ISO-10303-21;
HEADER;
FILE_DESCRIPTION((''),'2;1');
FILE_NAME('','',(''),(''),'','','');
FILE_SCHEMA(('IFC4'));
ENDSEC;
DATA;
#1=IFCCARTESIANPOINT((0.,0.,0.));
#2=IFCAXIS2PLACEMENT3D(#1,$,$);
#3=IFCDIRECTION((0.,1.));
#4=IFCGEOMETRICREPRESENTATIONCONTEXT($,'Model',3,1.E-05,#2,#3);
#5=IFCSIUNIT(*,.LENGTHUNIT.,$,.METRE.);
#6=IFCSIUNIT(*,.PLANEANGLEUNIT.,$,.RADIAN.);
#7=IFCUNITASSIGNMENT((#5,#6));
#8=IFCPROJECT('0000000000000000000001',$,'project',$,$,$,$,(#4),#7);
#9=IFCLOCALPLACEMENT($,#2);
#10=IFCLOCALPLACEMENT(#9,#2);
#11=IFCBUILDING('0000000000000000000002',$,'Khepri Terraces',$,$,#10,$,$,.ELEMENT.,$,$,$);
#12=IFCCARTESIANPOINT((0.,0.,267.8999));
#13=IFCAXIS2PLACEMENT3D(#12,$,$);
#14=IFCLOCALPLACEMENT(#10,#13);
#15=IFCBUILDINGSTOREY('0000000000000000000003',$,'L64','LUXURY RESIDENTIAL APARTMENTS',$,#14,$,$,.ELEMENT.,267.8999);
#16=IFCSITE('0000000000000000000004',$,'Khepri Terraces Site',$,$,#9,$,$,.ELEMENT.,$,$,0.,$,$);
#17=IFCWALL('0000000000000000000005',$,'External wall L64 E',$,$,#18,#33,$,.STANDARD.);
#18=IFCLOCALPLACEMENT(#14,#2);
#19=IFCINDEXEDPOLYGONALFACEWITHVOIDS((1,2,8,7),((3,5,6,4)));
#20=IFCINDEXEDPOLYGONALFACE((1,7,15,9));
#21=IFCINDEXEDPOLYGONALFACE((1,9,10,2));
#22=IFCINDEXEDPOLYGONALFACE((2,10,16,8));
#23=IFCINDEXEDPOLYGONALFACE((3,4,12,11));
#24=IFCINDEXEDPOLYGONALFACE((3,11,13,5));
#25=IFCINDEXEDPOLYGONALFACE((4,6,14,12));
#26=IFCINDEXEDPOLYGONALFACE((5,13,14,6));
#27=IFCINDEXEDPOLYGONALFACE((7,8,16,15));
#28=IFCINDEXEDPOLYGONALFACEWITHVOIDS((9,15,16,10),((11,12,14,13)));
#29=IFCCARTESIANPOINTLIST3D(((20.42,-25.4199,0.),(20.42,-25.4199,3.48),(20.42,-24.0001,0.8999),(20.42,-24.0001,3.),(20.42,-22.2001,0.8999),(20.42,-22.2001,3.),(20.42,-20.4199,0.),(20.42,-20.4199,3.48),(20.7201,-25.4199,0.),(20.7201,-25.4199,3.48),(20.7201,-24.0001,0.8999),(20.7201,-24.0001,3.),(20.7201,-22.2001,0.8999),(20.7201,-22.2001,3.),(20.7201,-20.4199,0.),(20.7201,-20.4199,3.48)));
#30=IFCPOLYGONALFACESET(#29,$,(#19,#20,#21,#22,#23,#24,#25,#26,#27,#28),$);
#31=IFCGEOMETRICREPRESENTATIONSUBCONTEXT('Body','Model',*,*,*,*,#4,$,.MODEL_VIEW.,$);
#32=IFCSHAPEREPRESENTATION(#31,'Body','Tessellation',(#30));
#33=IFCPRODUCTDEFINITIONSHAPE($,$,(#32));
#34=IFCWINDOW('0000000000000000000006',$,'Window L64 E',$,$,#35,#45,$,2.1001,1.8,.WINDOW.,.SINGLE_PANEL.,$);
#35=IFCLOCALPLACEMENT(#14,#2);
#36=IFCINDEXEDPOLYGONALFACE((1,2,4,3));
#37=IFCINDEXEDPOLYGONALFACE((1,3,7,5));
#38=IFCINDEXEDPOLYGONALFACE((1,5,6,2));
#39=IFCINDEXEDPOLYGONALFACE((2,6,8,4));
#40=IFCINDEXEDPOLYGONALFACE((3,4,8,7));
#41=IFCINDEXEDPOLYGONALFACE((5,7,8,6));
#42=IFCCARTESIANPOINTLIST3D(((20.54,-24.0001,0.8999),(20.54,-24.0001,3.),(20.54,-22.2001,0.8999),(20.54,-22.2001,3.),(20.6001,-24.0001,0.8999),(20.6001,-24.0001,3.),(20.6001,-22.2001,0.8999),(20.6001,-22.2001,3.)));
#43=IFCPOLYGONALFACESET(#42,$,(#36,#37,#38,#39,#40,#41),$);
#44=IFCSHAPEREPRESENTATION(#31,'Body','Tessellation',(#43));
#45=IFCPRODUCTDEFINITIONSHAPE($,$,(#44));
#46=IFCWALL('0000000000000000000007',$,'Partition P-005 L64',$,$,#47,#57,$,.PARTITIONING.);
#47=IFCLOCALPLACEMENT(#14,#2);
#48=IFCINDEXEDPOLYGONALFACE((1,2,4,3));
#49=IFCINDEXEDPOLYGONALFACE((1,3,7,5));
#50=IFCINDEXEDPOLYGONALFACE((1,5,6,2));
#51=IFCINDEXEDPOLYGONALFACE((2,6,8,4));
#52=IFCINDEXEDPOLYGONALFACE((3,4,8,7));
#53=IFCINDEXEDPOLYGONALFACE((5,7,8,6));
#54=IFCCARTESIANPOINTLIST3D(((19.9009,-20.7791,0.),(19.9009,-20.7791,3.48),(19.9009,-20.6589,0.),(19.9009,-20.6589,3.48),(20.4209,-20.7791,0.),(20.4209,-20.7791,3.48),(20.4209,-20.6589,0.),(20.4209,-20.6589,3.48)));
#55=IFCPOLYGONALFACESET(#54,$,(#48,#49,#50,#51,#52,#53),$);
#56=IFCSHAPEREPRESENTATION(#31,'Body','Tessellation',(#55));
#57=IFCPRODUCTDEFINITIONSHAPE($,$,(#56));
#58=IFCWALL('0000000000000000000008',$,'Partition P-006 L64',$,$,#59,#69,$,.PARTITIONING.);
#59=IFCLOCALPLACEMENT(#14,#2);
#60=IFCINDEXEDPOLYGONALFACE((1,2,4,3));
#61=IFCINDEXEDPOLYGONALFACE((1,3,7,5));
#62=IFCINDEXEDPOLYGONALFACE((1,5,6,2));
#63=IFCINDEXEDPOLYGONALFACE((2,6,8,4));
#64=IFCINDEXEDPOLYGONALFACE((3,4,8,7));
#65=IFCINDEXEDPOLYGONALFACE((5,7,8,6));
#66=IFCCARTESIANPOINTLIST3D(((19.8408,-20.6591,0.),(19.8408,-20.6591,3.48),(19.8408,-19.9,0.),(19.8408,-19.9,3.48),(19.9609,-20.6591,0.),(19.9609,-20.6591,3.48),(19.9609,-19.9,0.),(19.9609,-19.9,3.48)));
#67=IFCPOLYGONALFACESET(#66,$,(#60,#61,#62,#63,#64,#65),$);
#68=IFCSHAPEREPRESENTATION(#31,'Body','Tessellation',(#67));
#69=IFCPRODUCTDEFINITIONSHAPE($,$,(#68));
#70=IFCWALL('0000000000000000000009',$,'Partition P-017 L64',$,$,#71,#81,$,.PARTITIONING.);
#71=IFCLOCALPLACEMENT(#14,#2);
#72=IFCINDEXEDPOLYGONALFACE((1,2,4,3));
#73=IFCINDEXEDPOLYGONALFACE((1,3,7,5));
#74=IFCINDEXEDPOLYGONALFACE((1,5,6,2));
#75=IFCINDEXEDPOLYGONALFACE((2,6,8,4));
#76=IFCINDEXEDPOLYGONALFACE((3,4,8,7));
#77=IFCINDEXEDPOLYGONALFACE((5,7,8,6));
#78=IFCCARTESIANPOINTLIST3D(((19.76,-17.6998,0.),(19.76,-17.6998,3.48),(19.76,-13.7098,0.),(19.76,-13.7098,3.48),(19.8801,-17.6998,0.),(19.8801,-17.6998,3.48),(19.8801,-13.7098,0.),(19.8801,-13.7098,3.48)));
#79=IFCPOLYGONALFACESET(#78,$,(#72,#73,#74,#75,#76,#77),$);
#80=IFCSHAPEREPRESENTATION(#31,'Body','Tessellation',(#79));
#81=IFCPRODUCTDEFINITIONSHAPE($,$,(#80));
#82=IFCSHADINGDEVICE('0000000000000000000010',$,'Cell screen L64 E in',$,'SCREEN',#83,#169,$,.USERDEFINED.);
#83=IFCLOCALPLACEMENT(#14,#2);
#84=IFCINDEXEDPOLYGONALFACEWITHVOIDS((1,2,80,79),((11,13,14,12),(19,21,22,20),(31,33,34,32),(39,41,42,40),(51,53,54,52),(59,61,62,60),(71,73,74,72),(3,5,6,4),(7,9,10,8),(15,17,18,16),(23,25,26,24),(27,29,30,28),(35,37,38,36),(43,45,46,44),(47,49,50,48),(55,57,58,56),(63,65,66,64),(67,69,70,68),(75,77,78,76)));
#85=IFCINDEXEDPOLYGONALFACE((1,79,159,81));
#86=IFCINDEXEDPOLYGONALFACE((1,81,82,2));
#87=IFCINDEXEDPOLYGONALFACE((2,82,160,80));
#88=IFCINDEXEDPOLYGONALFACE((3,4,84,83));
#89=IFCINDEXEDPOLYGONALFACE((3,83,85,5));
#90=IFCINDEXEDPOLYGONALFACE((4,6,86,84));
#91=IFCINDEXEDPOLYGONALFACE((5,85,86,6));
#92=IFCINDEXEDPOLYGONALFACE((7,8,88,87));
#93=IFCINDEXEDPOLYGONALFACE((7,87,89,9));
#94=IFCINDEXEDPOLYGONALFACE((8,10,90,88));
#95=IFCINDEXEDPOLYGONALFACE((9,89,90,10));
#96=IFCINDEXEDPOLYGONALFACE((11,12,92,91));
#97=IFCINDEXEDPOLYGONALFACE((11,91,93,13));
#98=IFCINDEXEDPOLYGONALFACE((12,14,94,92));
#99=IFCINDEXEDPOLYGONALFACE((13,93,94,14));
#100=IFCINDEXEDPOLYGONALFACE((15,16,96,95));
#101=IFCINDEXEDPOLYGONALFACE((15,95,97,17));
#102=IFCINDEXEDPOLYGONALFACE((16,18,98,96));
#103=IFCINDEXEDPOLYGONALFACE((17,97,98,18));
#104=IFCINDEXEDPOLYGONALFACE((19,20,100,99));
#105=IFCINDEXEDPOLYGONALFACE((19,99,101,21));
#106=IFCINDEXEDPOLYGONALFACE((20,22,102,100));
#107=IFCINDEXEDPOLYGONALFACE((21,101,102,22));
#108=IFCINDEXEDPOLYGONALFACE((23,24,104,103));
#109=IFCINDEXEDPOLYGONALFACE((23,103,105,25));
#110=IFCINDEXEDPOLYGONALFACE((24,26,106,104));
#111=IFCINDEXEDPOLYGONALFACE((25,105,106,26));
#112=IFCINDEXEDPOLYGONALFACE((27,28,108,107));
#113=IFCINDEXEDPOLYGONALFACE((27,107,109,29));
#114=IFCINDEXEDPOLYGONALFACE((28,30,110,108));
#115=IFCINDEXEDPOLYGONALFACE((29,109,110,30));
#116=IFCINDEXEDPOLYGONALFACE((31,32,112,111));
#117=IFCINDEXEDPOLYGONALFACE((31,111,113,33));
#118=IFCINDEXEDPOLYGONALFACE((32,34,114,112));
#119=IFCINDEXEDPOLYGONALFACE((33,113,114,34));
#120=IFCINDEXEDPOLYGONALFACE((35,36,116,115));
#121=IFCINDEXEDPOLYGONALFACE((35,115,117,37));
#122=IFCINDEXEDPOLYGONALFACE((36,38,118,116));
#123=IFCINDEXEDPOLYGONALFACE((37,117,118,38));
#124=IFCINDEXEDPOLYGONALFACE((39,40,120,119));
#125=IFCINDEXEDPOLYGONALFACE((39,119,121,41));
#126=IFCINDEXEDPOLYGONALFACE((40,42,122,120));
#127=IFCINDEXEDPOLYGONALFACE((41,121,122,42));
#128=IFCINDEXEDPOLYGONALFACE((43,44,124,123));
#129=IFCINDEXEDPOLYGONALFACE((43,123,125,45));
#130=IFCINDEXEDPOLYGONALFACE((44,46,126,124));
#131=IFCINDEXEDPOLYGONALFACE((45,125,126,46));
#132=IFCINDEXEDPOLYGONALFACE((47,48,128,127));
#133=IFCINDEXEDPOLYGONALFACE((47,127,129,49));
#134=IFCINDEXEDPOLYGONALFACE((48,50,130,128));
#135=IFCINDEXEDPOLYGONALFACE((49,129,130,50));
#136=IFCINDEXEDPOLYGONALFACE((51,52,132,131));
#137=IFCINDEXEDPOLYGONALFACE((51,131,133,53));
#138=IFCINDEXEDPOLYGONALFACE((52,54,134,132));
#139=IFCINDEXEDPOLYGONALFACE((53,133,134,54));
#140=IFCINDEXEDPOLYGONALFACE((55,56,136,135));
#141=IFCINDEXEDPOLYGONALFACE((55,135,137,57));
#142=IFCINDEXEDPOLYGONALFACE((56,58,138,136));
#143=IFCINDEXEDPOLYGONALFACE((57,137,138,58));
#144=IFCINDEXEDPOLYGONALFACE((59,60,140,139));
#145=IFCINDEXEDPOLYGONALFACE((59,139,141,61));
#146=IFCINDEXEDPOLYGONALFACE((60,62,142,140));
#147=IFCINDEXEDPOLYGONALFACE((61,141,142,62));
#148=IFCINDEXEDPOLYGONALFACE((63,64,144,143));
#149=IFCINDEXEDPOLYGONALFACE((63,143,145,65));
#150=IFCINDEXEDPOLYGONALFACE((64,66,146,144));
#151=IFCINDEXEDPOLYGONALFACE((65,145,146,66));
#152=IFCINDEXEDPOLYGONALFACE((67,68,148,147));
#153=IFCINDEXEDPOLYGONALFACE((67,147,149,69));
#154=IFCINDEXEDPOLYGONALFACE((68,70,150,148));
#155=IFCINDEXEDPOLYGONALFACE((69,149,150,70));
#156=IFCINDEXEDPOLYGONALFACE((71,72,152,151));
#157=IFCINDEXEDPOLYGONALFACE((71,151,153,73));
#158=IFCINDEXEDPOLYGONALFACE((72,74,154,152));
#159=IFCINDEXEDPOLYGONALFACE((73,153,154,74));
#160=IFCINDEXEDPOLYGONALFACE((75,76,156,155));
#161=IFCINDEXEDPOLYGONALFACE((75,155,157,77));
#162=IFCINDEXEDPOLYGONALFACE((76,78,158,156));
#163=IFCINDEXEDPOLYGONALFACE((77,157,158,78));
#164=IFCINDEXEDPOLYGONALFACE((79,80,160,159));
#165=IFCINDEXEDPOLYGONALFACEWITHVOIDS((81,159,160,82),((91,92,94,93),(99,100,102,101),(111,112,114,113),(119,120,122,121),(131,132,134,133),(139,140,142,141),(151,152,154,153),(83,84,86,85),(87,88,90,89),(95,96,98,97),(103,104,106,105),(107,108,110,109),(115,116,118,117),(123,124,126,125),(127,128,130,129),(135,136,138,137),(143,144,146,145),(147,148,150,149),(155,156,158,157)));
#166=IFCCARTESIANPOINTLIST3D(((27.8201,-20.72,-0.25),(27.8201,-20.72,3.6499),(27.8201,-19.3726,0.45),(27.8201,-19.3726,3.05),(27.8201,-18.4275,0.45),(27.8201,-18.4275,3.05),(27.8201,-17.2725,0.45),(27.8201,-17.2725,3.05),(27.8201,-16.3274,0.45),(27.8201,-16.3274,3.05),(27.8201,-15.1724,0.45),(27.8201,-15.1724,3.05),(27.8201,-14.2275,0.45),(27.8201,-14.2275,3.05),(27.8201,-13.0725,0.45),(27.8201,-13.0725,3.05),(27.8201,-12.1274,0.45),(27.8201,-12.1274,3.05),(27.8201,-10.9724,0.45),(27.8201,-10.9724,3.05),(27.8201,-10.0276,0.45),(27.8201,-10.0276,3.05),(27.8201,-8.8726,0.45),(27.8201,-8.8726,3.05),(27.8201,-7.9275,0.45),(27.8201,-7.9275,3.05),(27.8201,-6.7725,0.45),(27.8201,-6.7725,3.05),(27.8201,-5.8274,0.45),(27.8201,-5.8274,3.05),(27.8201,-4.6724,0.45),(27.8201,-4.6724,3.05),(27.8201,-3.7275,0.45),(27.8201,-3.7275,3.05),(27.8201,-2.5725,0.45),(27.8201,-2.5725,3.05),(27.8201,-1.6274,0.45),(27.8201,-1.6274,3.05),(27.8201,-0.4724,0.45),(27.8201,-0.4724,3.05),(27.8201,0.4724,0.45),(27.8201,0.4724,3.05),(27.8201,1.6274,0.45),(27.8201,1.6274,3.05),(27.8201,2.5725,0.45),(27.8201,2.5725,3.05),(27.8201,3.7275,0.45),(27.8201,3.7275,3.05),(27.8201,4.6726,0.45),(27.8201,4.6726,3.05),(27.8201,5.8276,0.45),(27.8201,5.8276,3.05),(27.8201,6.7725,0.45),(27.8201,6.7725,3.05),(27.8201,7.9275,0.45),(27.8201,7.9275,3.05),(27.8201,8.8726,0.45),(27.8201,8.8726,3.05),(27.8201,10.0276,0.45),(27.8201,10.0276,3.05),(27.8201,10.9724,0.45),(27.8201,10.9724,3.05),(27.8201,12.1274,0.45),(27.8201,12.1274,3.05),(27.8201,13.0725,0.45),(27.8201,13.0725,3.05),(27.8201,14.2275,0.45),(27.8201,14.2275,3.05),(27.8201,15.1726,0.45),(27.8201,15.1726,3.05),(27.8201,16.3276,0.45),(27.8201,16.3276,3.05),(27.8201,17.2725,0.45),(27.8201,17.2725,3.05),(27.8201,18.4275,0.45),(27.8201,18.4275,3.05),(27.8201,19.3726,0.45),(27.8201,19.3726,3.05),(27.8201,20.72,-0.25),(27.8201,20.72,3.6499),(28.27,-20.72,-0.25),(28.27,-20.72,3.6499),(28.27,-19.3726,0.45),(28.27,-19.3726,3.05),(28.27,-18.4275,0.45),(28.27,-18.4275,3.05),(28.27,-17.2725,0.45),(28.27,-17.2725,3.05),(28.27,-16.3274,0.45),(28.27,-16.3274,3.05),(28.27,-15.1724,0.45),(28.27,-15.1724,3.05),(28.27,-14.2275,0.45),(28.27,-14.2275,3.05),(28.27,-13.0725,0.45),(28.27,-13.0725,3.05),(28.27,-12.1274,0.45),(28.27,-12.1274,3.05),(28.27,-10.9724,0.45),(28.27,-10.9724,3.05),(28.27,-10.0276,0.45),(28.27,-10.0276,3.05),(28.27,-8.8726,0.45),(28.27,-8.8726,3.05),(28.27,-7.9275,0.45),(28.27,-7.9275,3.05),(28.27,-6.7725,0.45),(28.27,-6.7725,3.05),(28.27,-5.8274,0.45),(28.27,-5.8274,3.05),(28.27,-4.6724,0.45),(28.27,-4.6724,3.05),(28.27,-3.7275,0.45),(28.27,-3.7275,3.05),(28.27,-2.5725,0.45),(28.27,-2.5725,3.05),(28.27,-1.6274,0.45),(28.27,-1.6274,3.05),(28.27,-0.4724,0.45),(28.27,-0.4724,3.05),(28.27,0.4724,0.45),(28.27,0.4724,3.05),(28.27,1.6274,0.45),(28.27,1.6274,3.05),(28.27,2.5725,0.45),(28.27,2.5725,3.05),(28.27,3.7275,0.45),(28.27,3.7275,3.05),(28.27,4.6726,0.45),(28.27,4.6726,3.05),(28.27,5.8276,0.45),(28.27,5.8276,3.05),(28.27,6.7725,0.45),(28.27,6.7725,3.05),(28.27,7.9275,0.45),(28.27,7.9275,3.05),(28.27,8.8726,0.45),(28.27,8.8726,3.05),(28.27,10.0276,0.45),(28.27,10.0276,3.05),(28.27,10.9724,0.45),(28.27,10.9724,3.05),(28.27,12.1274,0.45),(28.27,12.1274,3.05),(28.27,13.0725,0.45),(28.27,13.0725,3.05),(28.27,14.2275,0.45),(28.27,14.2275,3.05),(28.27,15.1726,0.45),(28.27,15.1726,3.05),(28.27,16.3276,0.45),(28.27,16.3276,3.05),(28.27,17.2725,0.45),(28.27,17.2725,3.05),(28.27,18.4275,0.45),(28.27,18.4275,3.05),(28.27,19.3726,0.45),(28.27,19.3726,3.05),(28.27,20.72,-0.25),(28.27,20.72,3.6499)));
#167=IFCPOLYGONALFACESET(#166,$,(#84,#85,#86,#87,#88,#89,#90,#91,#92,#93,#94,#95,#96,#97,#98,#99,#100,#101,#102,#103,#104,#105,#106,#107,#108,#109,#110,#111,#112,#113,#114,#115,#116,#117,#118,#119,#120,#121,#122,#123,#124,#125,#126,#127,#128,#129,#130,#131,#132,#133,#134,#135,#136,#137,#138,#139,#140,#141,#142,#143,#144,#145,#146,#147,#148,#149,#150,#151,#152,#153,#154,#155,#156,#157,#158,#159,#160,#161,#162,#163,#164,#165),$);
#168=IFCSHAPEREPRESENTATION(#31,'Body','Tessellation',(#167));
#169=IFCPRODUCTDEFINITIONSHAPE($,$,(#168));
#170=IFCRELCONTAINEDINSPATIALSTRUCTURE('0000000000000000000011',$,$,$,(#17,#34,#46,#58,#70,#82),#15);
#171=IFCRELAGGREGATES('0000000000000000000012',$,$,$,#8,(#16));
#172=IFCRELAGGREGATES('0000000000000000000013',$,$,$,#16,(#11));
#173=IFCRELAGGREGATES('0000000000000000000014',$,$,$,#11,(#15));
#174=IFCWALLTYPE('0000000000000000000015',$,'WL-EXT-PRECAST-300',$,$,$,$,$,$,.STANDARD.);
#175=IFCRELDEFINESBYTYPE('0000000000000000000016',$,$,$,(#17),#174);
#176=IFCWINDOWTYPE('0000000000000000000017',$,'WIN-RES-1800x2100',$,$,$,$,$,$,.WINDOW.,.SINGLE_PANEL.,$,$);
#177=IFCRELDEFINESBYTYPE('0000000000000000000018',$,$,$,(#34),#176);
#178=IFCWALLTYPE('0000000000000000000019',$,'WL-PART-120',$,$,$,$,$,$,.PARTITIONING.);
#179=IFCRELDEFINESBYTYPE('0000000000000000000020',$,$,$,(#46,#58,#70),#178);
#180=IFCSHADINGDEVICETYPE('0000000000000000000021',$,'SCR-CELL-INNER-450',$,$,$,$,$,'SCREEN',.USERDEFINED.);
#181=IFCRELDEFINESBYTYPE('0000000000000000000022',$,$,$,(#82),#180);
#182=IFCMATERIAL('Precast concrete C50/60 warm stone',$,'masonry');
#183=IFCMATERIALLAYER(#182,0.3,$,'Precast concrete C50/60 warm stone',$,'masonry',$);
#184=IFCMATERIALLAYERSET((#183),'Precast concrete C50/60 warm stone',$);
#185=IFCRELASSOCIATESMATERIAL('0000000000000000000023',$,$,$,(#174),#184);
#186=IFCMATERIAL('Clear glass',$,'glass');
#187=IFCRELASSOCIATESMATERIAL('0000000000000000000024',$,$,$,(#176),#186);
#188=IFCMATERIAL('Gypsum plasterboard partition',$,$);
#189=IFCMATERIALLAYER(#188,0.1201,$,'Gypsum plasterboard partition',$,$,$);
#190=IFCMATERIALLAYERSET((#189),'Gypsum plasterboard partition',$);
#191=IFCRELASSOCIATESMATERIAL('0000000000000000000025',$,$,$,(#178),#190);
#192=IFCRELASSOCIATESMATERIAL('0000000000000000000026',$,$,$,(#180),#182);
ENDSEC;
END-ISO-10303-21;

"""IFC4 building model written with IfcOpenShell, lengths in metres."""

from ifc_helpers import new_model, si_unit, direction, frame, frame_2d, origin, place, context, subcontext, project, spatial, polyline, rectangle, outline, extrude, material, layer, layer_set, type_object, element, fill, save


model = new_model("IFC4")

# Units and contexts
model_context = context("Model", 3, precision=1e-05, world=origin(), true_north=direction((0.0, 1.0)))
body_context = subcontext(model_context, "Body", "Model", "MODEL_VIEW")
ifc_project = project(units=[si_unit("LENGTHUNIT", "METRE"), si_unit("PLANEANGLEUNIT", "RADIAN")], contexts=[model_context])

# Site, building, storey
site_placement = place(None, origin())
site = spatial("IfcSite", under=ifc_project, at=site_placement, Name="Khepri Terraces Site", CompositionType="ELEMENT", RefElevation=0.0)
building_placement = place(site_placement, origin())
building = spatial("IfcBuilding", under=site, at=building_placement, Name="Khepri Terraces", CompositionType="ELEMENT")
storey_placement = place(building_placement, frame((0.0, 0.0, 267.8999)))
storey = spatial("IfcBuildingStorey", under=building, at=storey_placement, Name="L64", Description="LUXURY RESIDENTIAL APARTMENTS", CompositionType="ELEMENT", Elevation=267.8999)

# Shared definitions
ifc_material_1 = material(Name="Precast concrete C50/60 warm stone", Category="masonry")
ifc_layer_1 = layer(ifc_material_1, 0.3, Name="Precast concrete C50/60 warm stone", Category="masonry")
ifc_layer_set_1 = layer_set([ifc_layer_1], Name="Precast concrete C50/60 warm stone")
wall_type_1 = type_object("IfcWallType", Name="WL-EXT-PRECAST-300", PredefinedType="STANDARD", material=ifc_layer_set_1)
ifc_material_2 = material(Name="Clear glass", Category="glass")
window_type = type_object("IfcWindowType", Name="WIN-RES-1800x2100", PartitioningType="SINGLE_PANEL", PredefinedType="WINDOW", material=ifc_material_2)

# Wall, opening, window
wall_1_placement = place(storey_placement, frame((20.5701, -25.4199, 0.0), z_axis=(0.0, 0.0, 1.0), x_axis=(0.0, 1.0, 0.0)))
wall_1 = element("IfcWall", 1, at=wall_1_placement, inside=storey, type_object=wall_type_1, Name="External wall L64 E", PredefinedType="STANDARD", context=body_context, shape_type="SweptSolid", body=[
    extrude(rectangle(XDim=5.0, YDim=0.3, at=frame_2d((2.5, 0.0))), origin(), (0.0, 0.0, 1.0), 3.48),
])
opening_1_placement = place(wall_1_placement, frame((1.4199, 0.0, 0.8999)))
opening_1 = element("IfcOpeningElement", 2, at=opening_1_placement, cuts=wall_1, PredefinedType="OPENING", context=body_context, shape_type="SweptSolid", body=[
    extrude(rectangle(XDim=1.8, YDim=2.1001, at=frame_2d((0.8999, 1.05))), frame((0.0, 0.1602, 0.0), z_axis=(0.0, -1.0, 0.0), x_axis=(1.0, 0.0, 0.0)), (0.0, 0.0, 1.0), 0.3201),
])
window_1_placement = place(opening_1_placement, origin())
window_1 = element("IfcWindow", 3, at=window_1_placement, inside=storey, type_object=window_type, Name="Window L64 E", OverallHeight=2.1001, OverallWidth=1.8, PartitioningType="SINGLE_PANEL", PredefinedType="WINDOW", context=body_context, shape_type="SweptSolid", body=[
    extrude(rectangle(XDim=1.8, YDim=2.1001, at=frame_2d((0.8999, 1.05))), frame((0.0, 0.03, 0.0), z_axis=(0.0, -1.0, 0.0), x_axis=(1.0, 0.0, 0.0)), (0.0, 0.0, 1.0), 0.0601),
])
fill(opening_1, window_1)

# Walls
ifc_material_3 = material(Name="Gypsum plasterboard partition")
ifc_layer_2 = layer(ifc_material_3, 0.1201, Name="Gypsum plasterboard partition")
ifc_layer_set_2 = layer_set([ifc_layer_2], Name="Gypsum plasterboard partition")
wall_type_2 = type_object("IfcWallType", Name="WL-PART-120", PredefinedType="PARTITIONING", material=ifc_layer_set_2)
wall_2_placement = place(storey_placement, frame((19.9009, -20.719, 0.0), z_axis=(0.0, 0.0, 1.0), x_axis=(1.0, 0.0, 0.0)))
element("IfcWall", 4, at=wall_2_placement, inside=storey, type_object=wall_type_2, Name="Partition P-005 L64", PredefinedType="PARTITIONING", context=body_context, shape_type="SweptSolid", body=[
    extrude(rectangle(XDim=0.52, YDim=0.1201, at=frame_2d((0.26, 0.0))), origin(), (0.0, 0.0, 1.0), 3.48),
])
wall_3_placement = place(storey_placement, frame((19.9009, -20.6589, 0.0), z_axis=(0.0, 0.0, 1.0), x_axis=(0.0, 1.0, 0.0)))
element("IfcWall", 5, at=wall_3_placement, inside=storey, type_object=wall_type_2, Name="Partition P-006 L64", PredefinedType="PARTITIONING", context=body_context, shape_type="SweptSolid", body=[
    extrude(rectangle(XDim=0.759, YDim=0.1201, at=frame_2d((0.3794, 0.0))), origin(), (0.0, 0.0, 1.0), 3.48),
])
wall_4_placement = place(storey_placement, frame((19.8201, -17.7, 0.0), z_axis=(0.0, 0.0, 1.0), x_axis=(0.0, 1.0, 0.0)))
element("IfcWall", 6, at=wall_4_placement, inside=storey, type_object=wall_type_2, Name="Partition P-017 L64", PredefinedType="PARTITIONING", context=body_context, shape_type="SweptSolid", body=[
    extrude(rectangle(XDim=3.99, YDim=0.1201, at=frame_2d((1.9951, 0.0))), origin(), (0.0, 0.0, 1.0), 3.48),
])

# Shading device
shading_device_type_1 = type_object("IfcShadingDeviceType", Name="SCR-CELL-INNER-450", ElementType="SCREEN", PredefinedType="USERDEFINED", material=ifc_material_1)
shading_device_1_placement = place(storey_placement, frame((27.8201, -20.72, -0.25), z_axis=(1.0, 0.0, 0.0), x_axis=(0.0, 1.0, 0.0)))
element("IfcShadingDevice", 7, at=shading_device_1_placement, inside=storey, type_object=shading_device_type_1, Name="Cell screen L64 E in", ObjectType="SCREEN", PredefinedType="USERDEFINED", context=body_context, shape_type="SweptSolid", body=[
    extrude(outline(polyline([(0.0, 0.0), (41.4399, 0.0), (41.4399, 3.8999), (0.0, 3.8999), (0.0, 0.0)]), holes=[polyline([(1.3474, 0.7), (2.2925, 0.7), (2.2925, 3.3), (1.3474, 3.3), (1.3474, 0.7)]), polyline([(3.4475, 0.7), (4.3926, 0.7), (4.3926, 3.3), (3.4475, 3.3), (3.4475, 0.7)]), polyline([(5.5476, 0.7), (6.4924, 0.7), (6.4924, 3.3), (5.5476, 3.3), (5.5476, 0.7)]), polyline([(7.6475, 0.7), (8.5925, 0.7), (8.5925, 3.3), (7.6475, 3.3), (7.6475, 0.7)]), polyline([(9.7476, 0.7), (10.6924, 0.7), (10.6924, 3.3), (9.7476, 3.3), (9.7476, 0.7)]), polyline([(11.8474, 0.7), (12.7925, 0.7), (12.7925, 3.3), (11.8474, 3.3), (11.8474, 0.7)]), polyline([(13.9475, 0.7), (14.8926, 0.7), (14.8926, 3.3), (13.9475, 3.3), (13.9475, 0.7)]), polyline([(16.0476, 0.7), (16.9924, 0.7), (16.9924, 3.3), (16.0476, 3.3), (16.0476, 0.7)]), polyline([(18.1475, 0.7), (19.0925, 0.7), (19.0925, 3.3), (18.1475, 3.3), (18.1475, 0.7)]), polyline([(20.2476, 0.7), (21.1924, 0.7), (21.1924, 3.3), (20.2476, 3.3), (20.2476, 0.7)]), polyline([(22.3474, 0.7), (23.2925, 0.7), (23.2925, 3.3), (22.3474, 3.3), (22.3474, 0.7)]), polyline([(24.4475, 0.7), (25.3926, 0.7), (25.3926, 3.3), (24.4475, 3.3), (24.4475, 0.7)]), polyline([(26.5476, 0.7), (27.4924, 0.7), (27.4924, 3.3), (26.5476, 3.3), (26.5476, 0.7)]), polyline([(28.6475, 0.7), (29.5925, 0.7), (29.5925, 3.3), (28.6475, 3.3), (28.6475, 0.7)]), polyline([(30.7476, 0.7), (31.6924, 0.7), (31.6924, 3.3), (30.7476, 3.3), (30.7476, 0.7)]), polyline([(32.8474, 0.7), (33.7925, 0.7), (33.7925, 3.3), (32.8474, 3.3), (32.8474, 0.7)]), polyline([(34.9475, 0.7), (35.8926, 0.7), (35.8926, 3.3), (34.9475, 3.3), (34.9475, 0.7)]), polyline([(37.0476, 0.7), (37.9924, 0.7), (37.9924, 3.3), (37.0476, 3.3), (37.0476, 0.7)]), polyline([(39.1475, 0.7), (40.0925, 0.7), (40.0925, 3.3), (39.1475, 3.3), (39.1475, 0.7)])]), origin(), (0.0, 0.0, 1.0), 0.45),
])

save(model, "model.ifc")
